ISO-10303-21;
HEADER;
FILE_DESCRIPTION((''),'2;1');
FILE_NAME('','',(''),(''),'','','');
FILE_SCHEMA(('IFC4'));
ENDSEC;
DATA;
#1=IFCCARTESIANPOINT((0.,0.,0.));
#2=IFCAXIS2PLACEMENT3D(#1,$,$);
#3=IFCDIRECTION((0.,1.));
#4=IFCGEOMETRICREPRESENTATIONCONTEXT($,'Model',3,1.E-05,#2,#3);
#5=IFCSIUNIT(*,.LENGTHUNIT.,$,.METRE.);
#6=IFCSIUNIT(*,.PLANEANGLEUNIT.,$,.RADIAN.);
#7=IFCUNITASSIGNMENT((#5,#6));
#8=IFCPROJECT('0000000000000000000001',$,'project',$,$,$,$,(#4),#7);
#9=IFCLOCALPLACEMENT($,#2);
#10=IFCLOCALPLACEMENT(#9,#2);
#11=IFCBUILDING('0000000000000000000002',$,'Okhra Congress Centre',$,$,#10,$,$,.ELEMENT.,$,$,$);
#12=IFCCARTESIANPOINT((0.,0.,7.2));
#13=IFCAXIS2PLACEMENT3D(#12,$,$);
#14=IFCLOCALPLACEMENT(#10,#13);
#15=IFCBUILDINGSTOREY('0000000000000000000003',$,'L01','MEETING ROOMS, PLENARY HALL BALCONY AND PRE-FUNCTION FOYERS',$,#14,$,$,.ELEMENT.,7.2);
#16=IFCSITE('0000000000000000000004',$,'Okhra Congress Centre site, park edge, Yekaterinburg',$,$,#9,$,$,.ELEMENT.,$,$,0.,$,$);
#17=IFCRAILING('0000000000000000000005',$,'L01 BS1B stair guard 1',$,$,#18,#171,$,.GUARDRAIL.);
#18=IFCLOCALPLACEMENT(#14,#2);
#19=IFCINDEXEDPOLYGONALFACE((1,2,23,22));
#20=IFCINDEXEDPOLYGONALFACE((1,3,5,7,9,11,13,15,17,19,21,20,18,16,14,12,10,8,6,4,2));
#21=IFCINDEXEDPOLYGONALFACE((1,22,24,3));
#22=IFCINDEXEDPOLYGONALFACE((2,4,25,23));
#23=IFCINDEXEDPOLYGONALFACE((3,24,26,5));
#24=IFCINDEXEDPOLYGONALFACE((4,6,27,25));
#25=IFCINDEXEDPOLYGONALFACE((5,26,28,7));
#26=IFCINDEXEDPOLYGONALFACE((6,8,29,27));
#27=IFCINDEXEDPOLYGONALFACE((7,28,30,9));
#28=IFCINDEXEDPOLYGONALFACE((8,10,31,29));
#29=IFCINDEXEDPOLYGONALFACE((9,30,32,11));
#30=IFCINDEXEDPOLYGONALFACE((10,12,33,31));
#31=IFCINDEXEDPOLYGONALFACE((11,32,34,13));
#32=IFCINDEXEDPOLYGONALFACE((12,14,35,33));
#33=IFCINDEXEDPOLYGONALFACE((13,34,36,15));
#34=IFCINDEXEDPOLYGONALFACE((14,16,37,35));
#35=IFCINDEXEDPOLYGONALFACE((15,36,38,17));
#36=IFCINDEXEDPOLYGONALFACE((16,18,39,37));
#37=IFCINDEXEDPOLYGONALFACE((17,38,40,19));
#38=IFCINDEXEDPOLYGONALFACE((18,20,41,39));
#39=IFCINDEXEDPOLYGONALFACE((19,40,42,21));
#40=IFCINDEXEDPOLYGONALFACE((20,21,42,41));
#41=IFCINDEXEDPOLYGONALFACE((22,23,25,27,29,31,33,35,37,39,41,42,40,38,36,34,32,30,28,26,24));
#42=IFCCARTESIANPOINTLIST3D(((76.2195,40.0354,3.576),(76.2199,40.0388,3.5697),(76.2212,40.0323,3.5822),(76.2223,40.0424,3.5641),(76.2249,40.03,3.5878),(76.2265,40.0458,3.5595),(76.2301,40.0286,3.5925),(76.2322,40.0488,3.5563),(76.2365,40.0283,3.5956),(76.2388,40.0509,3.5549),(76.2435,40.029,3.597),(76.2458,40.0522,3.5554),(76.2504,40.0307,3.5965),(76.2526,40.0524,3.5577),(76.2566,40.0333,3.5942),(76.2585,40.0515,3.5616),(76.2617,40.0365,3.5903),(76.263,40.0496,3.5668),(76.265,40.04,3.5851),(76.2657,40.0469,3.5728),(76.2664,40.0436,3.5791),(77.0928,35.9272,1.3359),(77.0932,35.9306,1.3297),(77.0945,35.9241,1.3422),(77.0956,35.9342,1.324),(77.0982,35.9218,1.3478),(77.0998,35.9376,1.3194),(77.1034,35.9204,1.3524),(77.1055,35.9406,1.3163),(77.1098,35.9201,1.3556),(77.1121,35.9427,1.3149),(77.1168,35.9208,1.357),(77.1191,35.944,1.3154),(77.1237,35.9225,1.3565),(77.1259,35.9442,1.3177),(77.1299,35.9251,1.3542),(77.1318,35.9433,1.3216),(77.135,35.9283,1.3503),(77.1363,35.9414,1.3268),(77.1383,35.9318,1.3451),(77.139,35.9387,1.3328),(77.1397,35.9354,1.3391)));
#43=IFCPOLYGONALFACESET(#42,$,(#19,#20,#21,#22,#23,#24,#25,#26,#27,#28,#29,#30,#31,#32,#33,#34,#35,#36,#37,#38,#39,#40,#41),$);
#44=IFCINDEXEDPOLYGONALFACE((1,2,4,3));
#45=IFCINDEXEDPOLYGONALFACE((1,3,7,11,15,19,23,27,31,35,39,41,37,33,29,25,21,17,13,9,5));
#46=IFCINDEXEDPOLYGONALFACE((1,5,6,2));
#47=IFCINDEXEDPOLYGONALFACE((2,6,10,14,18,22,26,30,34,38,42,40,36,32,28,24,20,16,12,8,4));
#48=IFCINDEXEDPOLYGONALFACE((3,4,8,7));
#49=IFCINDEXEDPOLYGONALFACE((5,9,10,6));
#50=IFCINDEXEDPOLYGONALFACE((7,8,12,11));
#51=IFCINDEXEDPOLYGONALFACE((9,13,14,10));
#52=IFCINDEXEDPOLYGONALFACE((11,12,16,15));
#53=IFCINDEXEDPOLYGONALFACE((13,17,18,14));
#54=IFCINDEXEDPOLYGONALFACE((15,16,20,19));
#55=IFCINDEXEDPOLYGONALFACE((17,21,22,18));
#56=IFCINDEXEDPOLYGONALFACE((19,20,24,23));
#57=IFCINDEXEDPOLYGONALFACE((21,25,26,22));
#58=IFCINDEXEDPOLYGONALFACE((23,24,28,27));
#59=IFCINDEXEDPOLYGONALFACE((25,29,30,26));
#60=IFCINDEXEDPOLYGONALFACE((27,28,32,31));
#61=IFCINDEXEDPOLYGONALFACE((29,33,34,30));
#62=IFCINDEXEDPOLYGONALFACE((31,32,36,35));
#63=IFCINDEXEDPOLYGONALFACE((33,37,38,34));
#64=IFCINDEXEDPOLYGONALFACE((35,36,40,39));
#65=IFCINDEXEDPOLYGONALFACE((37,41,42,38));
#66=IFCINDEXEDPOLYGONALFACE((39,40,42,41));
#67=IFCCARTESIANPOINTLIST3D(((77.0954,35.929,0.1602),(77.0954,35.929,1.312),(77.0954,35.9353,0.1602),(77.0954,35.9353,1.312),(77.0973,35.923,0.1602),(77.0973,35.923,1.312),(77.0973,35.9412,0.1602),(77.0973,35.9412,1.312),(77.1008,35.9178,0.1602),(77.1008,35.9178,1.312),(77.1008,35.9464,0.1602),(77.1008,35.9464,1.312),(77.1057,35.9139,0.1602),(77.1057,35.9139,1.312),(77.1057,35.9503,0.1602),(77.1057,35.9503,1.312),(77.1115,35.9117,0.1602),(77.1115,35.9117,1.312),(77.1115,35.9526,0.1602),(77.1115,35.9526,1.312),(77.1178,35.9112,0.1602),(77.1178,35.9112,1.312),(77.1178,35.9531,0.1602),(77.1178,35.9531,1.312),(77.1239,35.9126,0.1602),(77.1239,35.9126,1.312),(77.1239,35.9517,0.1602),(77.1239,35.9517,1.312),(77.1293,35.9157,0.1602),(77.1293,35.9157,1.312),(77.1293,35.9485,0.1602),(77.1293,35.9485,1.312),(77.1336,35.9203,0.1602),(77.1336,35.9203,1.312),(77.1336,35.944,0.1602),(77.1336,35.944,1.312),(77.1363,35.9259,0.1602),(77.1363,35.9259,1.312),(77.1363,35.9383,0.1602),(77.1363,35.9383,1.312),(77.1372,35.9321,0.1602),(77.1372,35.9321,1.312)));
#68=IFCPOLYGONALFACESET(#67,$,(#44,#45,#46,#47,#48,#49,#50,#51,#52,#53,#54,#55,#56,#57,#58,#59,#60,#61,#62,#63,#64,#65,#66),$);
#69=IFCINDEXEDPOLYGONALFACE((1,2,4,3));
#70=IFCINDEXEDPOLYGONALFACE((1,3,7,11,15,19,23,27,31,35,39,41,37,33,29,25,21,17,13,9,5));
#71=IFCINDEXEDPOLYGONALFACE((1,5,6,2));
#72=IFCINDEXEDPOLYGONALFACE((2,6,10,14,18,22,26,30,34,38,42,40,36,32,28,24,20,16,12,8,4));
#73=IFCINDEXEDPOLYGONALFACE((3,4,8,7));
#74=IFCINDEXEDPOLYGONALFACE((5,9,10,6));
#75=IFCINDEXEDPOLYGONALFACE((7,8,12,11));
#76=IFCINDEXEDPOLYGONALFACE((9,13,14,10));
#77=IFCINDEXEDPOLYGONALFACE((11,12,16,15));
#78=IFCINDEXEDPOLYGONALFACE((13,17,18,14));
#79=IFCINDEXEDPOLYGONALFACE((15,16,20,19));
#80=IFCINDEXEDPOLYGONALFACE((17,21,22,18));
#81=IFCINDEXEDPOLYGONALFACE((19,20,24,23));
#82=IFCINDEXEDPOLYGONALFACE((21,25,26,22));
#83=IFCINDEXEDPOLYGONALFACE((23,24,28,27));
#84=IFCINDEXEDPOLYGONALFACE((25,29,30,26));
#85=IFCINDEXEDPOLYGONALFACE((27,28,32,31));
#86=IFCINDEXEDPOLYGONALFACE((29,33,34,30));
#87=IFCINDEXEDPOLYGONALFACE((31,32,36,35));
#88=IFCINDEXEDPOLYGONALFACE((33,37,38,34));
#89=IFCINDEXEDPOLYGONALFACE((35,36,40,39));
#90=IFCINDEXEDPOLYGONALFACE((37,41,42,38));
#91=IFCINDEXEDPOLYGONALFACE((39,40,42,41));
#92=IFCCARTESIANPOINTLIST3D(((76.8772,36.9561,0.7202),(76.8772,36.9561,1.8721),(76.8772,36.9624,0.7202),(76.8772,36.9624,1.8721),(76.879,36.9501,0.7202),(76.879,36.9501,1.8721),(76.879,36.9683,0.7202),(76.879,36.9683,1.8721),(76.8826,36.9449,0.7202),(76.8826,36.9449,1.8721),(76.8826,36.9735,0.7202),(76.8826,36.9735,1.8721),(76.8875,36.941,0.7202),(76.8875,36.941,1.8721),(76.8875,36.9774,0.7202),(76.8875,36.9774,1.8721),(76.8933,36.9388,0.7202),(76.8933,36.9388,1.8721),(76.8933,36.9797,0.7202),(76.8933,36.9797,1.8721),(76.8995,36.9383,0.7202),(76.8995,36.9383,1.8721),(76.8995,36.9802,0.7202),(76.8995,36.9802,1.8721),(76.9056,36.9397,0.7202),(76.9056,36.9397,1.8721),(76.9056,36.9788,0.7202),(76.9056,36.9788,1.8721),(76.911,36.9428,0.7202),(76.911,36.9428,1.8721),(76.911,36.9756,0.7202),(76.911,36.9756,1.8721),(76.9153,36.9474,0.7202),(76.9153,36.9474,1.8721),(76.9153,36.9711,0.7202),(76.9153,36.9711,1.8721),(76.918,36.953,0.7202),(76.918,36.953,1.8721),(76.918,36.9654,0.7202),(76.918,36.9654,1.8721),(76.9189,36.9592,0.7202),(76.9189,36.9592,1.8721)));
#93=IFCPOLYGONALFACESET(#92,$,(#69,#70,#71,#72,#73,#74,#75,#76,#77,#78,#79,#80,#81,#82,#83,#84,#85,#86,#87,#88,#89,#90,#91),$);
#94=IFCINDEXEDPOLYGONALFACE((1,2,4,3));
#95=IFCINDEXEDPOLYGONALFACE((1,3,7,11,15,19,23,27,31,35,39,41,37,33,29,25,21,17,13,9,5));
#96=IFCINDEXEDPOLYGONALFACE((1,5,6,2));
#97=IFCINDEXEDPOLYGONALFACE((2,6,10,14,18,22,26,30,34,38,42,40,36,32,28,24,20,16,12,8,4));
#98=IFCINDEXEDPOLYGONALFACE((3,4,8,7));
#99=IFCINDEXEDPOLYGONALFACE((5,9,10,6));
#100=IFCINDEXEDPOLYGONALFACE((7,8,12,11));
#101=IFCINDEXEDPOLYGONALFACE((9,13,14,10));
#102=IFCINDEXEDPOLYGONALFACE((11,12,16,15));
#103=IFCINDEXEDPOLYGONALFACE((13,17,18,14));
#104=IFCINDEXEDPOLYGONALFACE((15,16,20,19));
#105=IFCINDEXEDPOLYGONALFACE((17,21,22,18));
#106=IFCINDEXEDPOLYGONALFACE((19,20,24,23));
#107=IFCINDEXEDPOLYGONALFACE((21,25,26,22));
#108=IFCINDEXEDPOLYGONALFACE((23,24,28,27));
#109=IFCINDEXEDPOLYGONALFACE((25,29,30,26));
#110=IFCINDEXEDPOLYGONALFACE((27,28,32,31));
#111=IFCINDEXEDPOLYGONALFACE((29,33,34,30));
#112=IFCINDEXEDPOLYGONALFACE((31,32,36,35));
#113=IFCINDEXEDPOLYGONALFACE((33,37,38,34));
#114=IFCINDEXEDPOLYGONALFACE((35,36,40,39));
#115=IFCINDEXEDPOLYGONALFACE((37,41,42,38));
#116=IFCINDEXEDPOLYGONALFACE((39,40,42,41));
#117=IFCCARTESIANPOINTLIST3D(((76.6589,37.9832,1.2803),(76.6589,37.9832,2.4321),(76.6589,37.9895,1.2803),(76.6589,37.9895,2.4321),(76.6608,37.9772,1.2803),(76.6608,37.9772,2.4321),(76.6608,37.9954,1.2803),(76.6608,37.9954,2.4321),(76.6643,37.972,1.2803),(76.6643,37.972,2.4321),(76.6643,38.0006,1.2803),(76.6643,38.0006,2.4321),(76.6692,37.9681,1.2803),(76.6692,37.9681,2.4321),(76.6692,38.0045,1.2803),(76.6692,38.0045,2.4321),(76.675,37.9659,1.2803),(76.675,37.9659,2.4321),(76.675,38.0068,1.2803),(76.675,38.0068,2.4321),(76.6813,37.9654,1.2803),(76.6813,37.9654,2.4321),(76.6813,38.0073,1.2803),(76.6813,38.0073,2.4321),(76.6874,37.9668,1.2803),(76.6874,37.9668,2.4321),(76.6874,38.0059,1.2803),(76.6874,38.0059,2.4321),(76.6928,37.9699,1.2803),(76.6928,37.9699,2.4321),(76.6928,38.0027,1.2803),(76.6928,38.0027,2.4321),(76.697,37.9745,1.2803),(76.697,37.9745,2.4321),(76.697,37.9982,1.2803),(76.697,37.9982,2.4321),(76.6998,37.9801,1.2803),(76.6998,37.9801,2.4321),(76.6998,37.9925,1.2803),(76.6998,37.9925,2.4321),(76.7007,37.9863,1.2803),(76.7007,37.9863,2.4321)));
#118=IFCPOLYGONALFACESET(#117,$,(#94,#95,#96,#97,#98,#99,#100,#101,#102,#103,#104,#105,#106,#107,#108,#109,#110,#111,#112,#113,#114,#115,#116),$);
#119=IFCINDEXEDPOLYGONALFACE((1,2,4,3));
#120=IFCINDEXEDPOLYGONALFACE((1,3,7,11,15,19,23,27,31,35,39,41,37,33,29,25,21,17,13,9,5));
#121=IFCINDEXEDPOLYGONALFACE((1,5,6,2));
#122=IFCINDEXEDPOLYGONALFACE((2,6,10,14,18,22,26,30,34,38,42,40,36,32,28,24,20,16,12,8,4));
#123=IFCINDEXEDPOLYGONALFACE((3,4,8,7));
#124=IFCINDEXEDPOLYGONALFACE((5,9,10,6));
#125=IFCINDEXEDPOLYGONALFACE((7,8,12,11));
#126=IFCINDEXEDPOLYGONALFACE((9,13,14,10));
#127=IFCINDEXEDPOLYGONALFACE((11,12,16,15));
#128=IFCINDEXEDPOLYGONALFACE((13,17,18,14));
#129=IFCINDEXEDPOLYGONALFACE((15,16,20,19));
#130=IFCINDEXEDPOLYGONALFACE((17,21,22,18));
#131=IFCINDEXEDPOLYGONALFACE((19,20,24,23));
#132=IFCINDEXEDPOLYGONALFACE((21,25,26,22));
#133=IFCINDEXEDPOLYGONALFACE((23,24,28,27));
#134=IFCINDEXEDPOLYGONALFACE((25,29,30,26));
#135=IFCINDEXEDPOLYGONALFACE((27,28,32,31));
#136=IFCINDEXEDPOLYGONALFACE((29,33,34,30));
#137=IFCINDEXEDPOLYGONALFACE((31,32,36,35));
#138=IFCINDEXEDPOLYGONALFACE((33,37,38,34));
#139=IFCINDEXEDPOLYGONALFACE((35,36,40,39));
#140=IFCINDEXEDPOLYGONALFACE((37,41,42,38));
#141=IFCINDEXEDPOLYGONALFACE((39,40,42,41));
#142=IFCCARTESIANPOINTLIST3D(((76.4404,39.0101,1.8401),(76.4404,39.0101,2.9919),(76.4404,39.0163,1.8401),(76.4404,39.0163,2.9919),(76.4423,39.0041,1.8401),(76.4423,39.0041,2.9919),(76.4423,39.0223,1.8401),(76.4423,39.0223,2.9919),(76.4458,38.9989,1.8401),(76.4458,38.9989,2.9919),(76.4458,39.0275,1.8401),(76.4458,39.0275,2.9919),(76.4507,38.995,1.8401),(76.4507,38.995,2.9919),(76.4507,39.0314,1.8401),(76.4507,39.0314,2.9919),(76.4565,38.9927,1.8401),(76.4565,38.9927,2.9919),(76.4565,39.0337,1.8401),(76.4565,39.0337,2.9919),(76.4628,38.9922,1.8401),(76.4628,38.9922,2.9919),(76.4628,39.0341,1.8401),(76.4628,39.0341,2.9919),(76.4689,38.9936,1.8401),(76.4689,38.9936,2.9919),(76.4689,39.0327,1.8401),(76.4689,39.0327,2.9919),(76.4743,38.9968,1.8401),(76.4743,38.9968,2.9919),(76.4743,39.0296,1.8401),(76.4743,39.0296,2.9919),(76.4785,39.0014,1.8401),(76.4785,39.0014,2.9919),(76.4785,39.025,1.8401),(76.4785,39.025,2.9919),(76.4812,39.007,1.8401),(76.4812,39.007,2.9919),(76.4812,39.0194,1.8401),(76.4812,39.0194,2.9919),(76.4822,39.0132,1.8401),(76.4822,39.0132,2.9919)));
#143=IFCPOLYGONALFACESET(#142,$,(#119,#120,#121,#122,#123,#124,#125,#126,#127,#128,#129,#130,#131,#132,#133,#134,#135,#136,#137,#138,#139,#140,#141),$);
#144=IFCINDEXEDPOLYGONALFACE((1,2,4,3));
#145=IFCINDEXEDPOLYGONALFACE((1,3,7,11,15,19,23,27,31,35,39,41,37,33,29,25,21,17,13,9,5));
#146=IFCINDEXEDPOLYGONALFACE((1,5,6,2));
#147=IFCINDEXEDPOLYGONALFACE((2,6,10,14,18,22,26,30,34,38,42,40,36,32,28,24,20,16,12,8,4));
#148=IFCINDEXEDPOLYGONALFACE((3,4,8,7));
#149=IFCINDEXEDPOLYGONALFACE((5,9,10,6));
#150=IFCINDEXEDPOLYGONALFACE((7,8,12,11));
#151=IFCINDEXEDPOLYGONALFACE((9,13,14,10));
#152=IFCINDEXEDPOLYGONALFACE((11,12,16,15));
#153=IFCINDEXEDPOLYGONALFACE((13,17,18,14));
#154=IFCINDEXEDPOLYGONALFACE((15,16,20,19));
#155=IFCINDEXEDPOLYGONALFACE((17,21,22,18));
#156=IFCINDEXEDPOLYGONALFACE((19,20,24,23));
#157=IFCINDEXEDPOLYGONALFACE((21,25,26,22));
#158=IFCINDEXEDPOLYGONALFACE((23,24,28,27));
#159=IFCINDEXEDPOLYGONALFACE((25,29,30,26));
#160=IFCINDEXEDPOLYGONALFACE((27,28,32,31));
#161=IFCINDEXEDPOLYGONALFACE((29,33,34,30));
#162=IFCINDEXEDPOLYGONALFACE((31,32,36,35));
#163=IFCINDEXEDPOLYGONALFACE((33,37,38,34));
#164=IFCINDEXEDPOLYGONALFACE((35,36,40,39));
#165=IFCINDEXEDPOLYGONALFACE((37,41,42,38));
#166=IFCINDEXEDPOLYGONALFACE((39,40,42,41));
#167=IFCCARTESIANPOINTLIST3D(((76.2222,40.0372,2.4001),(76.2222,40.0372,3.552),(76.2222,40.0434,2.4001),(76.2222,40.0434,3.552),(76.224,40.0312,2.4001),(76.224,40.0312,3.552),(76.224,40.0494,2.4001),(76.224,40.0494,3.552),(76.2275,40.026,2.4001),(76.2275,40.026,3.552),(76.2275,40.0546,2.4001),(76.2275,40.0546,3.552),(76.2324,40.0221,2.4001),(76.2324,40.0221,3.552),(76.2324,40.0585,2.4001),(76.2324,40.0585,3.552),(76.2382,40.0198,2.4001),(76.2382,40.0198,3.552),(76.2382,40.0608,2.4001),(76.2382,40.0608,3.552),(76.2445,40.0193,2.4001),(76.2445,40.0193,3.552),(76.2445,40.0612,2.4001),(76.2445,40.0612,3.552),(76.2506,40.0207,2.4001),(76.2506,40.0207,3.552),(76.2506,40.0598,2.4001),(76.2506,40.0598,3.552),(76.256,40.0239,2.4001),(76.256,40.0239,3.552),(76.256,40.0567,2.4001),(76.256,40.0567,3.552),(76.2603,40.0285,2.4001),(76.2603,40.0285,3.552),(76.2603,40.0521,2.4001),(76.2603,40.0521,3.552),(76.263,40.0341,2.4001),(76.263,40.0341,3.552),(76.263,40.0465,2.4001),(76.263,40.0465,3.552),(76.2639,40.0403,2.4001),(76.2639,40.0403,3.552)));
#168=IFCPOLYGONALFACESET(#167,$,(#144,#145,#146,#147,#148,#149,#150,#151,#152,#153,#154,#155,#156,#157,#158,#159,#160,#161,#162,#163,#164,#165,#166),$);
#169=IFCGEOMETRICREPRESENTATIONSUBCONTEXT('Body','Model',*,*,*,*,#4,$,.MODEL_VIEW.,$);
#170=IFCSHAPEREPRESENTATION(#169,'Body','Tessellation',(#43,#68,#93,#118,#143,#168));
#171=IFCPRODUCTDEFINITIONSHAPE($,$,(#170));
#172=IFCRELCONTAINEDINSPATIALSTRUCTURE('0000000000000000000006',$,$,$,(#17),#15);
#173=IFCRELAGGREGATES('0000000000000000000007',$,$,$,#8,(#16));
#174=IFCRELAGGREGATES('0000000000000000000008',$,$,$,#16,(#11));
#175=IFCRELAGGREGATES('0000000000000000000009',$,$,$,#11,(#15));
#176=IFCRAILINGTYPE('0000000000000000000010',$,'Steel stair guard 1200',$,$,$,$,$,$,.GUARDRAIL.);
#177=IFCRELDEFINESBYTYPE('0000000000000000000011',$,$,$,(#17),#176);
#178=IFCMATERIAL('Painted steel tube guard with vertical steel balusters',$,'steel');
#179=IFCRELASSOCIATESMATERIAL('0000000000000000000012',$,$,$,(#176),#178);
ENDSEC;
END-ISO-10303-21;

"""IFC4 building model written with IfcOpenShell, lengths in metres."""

from ifc_helpers import new_model, si_unit, direction, frame, origin, origin_2d, place, context, subcontext, project, spatial, circle, extrude, material, type_object, element, save


model = new_model("IFC4")

# Units and contexts
model_context = context("Model", 3, precision=1e-05, world=origin(), true_north=direction((0.0, 1.0)))
body_context = subcontext(model_context, "Body", "Model", "MODEL_VIEW")
ifc_project = project(units=[si_unit("LENGTHUNIT", "METRE"), si_unit("PLANEANGLEUNIT", "RADIAN")], contexts=[model_context])

# Site, building, storey
site_placement = place(None, origin())
site = spatial("IfcSite", under=ifc_project, at=site_placement, Name="Okhra Congress Centre site, park edge, Yekaterinburg", CompositionType="ELEMENT", RefElevation=0.0)
building_placement = place(site_placement, origin())
building = spatial("IfcBuilding", under=site, at=building_placement, Name="Okhra Congress Centre", CompositionType="ELEMENT")
storey_placement = place(building_placement, frame((0.0, 0.0, 7.2)))
storey = spatial("IfcBuildingStorey", under=building, at=storey_placement, Name="L01", Description="MEETING ROOMS, PLENARY HALL BALCONY AND PRE-FUNCTION FOYERS", CompositionType="ELEMENT", Elevation=7.2)

# Railing
ifc_material_1 = material(Name="Painted steel tube guard with vertical steel balusters", Category="steel")
railing_type_1 = type_object("IfcRailingType", Name="Steel stair guard 1200", PredefinedType="GUARDRAIL", material=ifc_material_1)
railing_1_placement = place(storey_placement, frame((77.1162, 35.9321, 0.1602)))
element("IfcRailing", 1, at=railing_1_placement, inside=storey, type_object=railing_type_1, Name="L01 BS1B stair guard 1", PredefinedType="GUARDRAIL", context=body_context, shape_type="SweptSolid", body=[
    extrude(circle(Radius=0.0239, at=origin_2d()), frame((0.0, 0.0, 1.1758), z_axis=(-0.183466, 0.863067, 0.470591), x_axis=(-0.978144, -0.207929, 0.0)), (0.0, 0.0, 1.0), 4.76),
    extrude(circle(Radius=0.021, at=origin_2d()), origin(), (0.0, 0.0, 1.0), 1.1519),
    extrude(circle(Radius=0.021, at=origin_2d()), frame((-0.2183, 1.0271, 0.5601)), (0.0, 0.0, 1.0), 1.1519),
    extrude(circle(Radius=0.021, at=origin_2d()), frame((-0.4365, 2.0542, 1.1201)), (0.0, 0.0, 1.0), 1.1519),
    extrude(circle(Radius=0.021, at=origin_2d()), frame((-0.655, 3.0811, 1.6799)), (0.0, 0.0, 1.0), 1.1519),
    extrude(circle(Radius=0.021, at=origin_2d()), frame((-0.8733, 4.1082, 2.24)), (0.0, 0.0, 1.0), 1.1519),
])

save(model, "model.ifc")
